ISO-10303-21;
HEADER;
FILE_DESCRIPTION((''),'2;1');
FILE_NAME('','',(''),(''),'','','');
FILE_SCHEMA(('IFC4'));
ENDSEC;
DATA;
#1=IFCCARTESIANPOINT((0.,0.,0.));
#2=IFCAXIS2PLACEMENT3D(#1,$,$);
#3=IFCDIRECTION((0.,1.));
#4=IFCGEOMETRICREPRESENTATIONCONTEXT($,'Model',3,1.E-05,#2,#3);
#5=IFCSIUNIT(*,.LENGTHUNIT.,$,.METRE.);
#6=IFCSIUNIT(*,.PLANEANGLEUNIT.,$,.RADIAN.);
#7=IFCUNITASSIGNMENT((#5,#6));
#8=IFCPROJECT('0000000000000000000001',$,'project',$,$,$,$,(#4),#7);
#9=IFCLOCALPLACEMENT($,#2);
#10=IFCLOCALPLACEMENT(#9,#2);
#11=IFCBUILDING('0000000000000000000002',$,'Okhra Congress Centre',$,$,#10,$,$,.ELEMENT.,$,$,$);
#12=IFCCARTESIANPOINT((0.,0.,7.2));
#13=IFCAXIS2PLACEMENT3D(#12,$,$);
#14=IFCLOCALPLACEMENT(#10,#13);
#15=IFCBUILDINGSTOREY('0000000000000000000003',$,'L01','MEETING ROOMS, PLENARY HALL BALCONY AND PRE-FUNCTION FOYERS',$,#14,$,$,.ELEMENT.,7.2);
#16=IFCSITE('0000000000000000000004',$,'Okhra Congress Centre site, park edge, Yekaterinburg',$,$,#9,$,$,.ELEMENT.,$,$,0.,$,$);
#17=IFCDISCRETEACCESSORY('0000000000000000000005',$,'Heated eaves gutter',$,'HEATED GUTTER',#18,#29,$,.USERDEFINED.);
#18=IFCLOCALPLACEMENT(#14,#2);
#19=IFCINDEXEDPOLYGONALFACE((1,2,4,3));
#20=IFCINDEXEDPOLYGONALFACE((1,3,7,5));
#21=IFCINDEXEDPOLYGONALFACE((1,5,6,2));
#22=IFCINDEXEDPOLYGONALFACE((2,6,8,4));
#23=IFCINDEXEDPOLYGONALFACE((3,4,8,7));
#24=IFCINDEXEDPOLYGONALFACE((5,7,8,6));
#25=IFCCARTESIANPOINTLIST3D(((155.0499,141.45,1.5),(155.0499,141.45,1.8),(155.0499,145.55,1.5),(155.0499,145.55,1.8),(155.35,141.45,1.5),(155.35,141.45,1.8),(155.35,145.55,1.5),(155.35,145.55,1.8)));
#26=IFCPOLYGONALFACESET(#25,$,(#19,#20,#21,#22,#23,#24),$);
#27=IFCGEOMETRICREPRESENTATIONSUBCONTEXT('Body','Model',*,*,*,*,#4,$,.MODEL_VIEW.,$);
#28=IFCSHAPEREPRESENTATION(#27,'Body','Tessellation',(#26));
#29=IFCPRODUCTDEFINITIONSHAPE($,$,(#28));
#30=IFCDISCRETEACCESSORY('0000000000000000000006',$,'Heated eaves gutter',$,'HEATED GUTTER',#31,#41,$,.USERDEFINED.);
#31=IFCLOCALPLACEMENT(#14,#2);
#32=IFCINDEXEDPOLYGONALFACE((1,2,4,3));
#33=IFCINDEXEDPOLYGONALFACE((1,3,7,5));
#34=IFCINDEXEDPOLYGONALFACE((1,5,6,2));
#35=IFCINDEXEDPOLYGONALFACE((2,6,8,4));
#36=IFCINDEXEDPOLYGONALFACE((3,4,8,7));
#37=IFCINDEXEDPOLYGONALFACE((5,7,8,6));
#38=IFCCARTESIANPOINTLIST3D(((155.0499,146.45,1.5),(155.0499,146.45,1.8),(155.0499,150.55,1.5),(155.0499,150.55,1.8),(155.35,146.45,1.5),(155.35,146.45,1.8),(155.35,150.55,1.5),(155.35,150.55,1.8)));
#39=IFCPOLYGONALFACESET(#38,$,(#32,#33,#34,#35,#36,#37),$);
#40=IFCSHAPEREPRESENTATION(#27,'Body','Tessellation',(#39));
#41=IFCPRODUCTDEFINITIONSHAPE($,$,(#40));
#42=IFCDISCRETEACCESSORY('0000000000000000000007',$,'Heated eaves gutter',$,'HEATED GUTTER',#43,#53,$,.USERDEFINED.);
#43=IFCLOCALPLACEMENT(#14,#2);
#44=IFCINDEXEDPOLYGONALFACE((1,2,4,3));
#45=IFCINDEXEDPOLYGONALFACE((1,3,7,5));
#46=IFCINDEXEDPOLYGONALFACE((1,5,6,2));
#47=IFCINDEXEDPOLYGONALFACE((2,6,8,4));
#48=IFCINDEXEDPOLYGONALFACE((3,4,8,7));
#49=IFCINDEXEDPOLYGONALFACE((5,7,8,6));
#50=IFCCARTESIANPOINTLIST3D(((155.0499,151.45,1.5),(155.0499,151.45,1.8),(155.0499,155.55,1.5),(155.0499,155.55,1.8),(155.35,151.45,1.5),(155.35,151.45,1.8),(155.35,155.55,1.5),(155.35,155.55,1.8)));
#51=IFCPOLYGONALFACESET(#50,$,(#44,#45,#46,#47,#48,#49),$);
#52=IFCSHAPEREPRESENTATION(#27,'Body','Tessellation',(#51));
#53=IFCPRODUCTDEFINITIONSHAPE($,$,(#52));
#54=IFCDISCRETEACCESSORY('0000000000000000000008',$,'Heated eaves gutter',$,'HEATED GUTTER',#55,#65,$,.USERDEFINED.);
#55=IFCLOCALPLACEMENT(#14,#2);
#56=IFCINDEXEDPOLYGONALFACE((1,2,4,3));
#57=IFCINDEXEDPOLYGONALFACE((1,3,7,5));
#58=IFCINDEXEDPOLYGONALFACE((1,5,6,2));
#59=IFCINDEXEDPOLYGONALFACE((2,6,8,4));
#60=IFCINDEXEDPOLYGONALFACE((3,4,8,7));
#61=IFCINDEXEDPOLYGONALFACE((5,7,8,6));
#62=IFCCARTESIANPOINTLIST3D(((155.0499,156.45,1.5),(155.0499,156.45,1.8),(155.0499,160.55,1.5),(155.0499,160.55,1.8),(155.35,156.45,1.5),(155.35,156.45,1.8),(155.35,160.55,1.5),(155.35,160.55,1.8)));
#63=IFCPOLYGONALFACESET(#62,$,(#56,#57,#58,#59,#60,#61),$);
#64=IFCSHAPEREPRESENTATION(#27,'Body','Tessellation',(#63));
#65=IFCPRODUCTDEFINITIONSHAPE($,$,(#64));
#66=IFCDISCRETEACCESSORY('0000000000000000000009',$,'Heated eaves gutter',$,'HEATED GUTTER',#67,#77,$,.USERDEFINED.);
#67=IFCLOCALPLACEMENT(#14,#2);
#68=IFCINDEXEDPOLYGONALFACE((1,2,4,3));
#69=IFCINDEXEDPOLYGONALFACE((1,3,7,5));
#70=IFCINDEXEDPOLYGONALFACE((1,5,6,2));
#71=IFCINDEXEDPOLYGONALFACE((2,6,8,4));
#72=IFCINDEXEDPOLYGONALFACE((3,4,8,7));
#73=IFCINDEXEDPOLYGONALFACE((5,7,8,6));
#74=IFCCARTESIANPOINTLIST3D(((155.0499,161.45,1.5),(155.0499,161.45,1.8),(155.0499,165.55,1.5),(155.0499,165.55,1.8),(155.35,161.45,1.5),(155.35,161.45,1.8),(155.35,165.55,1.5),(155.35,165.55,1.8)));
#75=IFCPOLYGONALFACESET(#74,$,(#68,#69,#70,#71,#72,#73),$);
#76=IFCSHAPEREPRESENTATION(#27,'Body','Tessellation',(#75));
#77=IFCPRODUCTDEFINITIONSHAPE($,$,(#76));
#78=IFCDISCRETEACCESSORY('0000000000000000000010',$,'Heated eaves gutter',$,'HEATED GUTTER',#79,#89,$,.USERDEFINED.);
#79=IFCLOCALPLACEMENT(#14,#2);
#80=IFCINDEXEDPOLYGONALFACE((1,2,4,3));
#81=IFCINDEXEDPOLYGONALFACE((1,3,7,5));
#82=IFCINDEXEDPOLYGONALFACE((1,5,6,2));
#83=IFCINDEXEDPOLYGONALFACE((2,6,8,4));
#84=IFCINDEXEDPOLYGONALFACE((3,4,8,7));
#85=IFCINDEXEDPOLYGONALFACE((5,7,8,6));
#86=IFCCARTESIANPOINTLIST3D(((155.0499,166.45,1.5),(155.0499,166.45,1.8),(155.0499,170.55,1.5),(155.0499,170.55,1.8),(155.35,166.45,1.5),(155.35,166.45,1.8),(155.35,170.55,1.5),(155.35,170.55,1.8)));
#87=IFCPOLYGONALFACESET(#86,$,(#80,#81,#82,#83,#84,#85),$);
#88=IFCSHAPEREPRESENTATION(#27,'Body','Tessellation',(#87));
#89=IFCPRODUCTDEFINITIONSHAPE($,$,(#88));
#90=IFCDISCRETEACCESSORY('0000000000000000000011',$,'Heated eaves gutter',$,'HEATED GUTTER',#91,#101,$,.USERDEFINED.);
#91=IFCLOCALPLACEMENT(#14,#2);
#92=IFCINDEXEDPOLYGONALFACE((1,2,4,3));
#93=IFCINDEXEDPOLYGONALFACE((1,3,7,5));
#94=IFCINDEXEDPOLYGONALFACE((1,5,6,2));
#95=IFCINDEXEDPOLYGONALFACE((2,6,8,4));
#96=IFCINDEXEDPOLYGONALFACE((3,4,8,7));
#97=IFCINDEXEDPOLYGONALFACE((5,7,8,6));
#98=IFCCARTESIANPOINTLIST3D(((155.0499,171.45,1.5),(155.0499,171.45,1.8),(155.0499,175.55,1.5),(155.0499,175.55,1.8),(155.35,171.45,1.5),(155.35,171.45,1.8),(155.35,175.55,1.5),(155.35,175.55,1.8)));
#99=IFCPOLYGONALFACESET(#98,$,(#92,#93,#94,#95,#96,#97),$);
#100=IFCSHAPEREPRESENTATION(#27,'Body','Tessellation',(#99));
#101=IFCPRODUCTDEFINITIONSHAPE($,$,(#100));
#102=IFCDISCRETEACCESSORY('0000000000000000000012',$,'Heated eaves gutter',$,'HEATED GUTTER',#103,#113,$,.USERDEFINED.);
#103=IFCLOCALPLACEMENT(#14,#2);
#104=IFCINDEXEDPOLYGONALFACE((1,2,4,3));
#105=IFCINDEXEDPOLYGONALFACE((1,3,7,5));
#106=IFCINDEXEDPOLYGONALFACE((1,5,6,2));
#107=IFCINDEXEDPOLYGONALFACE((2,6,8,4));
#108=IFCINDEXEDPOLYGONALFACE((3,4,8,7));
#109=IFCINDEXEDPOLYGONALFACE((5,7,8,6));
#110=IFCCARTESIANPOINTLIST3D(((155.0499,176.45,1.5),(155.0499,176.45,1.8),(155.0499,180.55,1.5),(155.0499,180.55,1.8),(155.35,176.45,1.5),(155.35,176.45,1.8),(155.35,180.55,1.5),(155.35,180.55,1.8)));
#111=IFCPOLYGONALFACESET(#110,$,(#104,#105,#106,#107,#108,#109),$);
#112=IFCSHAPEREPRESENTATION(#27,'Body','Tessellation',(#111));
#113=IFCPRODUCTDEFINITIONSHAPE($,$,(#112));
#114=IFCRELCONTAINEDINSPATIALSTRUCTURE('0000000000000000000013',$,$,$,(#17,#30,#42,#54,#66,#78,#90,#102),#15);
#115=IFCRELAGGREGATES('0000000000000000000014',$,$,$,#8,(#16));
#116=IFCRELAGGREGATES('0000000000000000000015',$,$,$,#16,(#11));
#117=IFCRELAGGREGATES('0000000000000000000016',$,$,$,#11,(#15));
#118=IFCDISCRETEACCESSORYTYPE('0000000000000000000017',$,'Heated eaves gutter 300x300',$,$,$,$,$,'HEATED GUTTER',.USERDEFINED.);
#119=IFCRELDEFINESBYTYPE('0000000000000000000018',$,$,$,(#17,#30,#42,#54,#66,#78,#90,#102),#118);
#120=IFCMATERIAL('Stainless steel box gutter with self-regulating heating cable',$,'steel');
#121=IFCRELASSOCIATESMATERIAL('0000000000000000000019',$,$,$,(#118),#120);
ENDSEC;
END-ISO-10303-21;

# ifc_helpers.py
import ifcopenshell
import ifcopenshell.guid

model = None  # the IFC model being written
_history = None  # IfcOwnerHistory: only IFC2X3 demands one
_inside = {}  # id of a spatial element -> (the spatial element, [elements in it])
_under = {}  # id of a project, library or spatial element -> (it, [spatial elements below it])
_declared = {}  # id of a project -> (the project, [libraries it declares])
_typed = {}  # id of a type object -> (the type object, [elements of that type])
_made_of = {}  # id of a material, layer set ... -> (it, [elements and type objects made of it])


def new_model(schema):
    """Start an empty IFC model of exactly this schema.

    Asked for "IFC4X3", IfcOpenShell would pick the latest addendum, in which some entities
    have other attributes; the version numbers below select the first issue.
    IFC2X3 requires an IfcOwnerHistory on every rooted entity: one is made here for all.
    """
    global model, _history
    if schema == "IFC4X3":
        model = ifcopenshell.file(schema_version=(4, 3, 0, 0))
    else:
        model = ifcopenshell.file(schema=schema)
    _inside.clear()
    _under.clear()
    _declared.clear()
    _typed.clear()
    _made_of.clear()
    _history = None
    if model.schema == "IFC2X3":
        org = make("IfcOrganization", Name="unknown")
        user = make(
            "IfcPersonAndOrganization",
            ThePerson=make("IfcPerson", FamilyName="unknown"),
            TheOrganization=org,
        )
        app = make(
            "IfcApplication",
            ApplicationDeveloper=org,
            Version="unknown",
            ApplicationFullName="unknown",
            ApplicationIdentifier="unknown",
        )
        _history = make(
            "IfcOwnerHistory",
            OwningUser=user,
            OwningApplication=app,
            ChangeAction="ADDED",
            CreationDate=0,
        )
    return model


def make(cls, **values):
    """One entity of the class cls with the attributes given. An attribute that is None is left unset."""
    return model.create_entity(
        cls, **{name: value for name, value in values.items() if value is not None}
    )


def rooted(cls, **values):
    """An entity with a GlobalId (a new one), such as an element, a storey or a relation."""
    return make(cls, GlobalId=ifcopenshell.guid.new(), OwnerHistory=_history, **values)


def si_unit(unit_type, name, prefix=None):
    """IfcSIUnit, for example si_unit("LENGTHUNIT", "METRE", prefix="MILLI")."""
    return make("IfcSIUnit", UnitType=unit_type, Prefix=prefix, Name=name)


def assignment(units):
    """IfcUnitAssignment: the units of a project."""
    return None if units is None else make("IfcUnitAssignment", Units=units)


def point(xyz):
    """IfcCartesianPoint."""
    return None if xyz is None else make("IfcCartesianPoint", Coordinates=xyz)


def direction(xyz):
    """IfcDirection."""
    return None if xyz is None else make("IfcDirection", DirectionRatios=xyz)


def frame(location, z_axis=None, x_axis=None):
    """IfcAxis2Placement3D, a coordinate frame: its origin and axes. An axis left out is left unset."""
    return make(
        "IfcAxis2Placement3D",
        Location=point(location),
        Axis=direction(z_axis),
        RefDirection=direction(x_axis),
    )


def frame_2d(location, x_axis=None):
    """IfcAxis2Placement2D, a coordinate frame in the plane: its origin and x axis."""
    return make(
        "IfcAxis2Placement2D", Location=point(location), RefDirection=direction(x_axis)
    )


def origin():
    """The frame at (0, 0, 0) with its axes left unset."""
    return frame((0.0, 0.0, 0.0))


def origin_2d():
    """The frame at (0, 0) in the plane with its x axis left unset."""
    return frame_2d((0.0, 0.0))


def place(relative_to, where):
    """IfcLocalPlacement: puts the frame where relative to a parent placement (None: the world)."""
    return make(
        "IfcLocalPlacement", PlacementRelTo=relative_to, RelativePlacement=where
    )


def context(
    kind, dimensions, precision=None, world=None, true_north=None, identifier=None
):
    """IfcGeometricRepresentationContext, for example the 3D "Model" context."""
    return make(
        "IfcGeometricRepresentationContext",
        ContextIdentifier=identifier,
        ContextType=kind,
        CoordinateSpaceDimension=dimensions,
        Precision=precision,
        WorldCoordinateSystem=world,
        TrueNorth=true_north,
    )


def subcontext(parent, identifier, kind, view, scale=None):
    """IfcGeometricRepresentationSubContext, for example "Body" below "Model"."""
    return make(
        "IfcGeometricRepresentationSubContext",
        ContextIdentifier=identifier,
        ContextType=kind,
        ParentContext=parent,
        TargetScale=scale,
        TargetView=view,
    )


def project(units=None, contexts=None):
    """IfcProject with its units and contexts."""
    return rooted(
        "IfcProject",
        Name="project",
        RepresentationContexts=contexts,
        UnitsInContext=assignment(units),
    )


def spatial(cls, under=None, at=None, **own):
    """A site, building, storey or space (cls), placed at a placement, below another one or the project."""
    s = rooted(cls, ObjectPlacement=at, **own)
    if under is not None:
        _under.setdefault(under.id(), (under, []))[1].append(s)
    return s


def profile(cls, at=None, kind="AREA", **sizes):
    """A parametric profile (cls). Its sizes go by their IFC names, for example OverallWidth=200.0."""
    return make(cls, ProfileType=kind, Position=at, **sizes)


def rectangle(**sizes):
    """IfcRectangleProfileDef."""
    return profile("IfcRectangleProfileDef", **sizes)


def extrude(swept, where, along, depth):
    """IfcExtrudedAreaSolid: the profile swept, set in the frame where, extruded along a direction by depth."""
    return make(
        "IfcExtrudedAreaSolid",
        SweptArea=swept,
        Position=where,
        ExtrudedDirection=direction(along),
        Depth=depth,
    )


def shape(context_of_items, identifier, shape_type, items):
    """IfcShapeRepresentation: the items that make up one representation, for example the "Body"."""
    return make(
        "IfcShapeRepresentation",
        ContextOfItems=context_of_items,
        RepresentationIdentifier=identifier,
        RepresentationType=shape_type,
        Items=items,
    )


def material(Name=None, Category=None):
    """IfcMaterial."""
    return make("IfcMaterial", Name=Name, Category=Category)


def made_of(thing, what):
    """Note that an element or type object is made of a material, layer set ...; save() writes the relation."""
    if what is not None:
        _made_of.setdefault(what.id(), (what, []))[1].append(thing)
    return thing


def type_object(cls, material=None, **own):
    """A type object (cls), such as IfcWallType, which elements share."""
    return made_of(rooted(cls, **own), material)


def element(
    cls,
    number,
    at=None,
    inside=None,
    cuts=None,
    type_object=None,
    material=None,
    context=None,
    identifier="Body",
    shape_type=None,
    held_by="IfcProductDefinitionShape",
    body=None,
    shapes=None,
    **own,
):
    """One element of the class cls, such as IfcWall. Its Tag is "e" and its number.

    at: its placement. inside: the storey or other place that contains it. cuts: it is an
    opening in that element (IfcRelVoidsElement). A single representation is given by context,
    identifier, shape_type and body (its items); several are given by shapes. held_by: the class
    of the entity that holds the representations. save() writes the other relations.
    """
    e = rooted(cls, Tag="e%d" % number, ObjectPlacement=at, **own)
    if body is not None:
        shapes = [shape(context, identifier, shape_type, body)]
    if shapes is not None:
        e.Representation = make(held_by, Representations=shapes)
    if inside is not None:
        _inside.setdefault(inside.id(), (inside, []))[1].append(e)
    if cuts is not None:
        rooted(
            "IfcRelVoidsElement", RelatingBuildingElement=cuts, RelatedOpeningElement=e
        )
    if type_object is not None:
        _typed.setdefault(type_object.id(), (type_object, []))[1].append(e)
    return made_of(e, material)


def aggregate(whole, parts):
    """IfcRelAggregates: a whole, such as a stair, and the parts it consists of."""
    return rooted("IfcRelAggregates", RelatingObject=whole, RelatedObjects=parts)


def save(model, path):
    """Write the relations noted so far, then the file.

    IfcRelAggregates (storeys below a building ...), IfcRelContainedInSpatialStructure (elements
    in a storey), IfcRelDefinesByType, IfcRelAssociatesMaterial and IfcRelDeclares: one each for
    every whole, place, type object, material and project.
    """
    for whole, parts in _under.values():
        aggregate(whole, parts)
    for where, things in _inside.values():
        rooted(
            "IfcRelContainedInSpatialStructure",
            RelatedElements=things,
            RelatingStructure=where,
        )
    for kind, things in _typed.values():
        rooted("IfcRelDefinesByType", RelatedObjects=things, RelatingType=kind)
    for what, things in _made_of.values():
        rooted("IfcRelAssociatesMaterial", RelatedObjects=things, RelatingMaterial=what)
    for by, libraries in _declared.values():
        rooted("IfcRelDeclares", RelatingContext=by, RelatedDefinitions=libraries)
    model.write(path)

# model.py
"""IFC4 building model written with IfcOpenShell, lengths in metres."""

from ifc_helpers import new_model, si_unit, direction, frame, origin, origin_2d, place, context, subcontext, project, spatial, rectangle, extrude, material, type_object, element, save


model = new_model("IFC4")

# Units and contexts
model_context = context("Model", 3, precision=1e-05, world=origin(), true_north=direction((0.0, 1.0)))
body_context = subcontext(model_context, "Body", "Model", "MODEL_VIEW")
ifc_project = project(units=[si_unit("LENGTHUNIT", "METRE"), si_unit("PLANEANGLEUNIT", "RADIAN")], contexts=[model_context])

# Site, building, storey
site_placement = place(None, origin())
site = spatial("IfcSite", under=ifc_project, at=site_placement, Name="Okhra Congress Centre site, park edge, Yekaterinburg", CompositionType="ELEMENT", RefElevation=0.0)
building_placement = place(site_placement, origin())
building = spatial("IfcBuilding", under=site, at=building_placement, Name="Okhra Congress Centre", CompositionType="ELEMENT")
storey_placement = place(building_placement, frame((0.0, 0.0, 7.2)))
storey = spatial("IfcBuildingStorey", under=building, at=storey_placement, Name="L01", Description="MEETING ROOMS, PLENARY HALL BALCONY AND PRE-FUNCTION FOYERS", CompositionType="ELEMENT", Elevation=7.2)

# Discrete accessories
ifc_material_1 = material(Name="Stainless steel box gutter with self-regulating heating cable", Category="steel")
discrete_accessory_type = type_object("IfcDiscreteAccessoryType", Name="Heated eaves gutter 300x300", ElementType="HEATED GUTTER", PredefinedType="USERDEFINED", material=ifc_material_1)
for number, where, z_axis, x_axis, name in (
    (1, (155.2, 143.5, 1.5), (0.0, 0.0, 1.0), (1.0, 0.0, 0.0), "Heated eaves gutter"),
    (2, (155.2, 148.5, 1.5), (0.0, 0.0, 1.0), (1.0, 0.0, 0.0), "Heated eaves gutter"),
    (3, (155.2, 153.5, 1.5), (0.0, 0.0, 1.0), (1.0, 0.0, 0.0), "Heated eaves gutter"),
    (4, (155.2, 158.5, 1.5), (0.0, 0.0, 1.0), (1.0, 0.0, 0.0), "Heated eaves gutter"),
    (5, (155.2, 163.5, 1.5), (0.0, 0.0, 1.0), (1.0, 0.0, 0.0), "Heated eaves gutter"),
    (6, (155.2, 168.5, 1.5), (0.0, 0.0, 1.0), (1.0, 0.0, 0.0), "Heated eaves gutter"),
    (7, (155.2, 173.5, 1.5), (0.0, 0.0, 1.0), (1.0, 0.0, 0.0), "Heated eaves gutter"),
    (8, (155.2, 178.5, 1.5), (0.0, 0.0, 1.0), (1.0, 0.0, 0.0), "Heated eaves gutter"),
):
    element("IfcDiscreteAccessory", number, at=place(storey_placement, frame(where, z_axis=z_axis, x_axis=x_axis)), inside=storey, type_object=discrete_accessory_type, Name=name, ObjectType="HEATED GUTTER", PredefinedType="USERDEFINED", context=body_context, shape_type="SweptSolid", body=[
        extrude(rectangle(XDim=0.3, YDim=4.1001, at=origin_2d()), origin(), (0.0, 0.0, 1.0), 0.3),
    ])

save(model, "model.ifc")
